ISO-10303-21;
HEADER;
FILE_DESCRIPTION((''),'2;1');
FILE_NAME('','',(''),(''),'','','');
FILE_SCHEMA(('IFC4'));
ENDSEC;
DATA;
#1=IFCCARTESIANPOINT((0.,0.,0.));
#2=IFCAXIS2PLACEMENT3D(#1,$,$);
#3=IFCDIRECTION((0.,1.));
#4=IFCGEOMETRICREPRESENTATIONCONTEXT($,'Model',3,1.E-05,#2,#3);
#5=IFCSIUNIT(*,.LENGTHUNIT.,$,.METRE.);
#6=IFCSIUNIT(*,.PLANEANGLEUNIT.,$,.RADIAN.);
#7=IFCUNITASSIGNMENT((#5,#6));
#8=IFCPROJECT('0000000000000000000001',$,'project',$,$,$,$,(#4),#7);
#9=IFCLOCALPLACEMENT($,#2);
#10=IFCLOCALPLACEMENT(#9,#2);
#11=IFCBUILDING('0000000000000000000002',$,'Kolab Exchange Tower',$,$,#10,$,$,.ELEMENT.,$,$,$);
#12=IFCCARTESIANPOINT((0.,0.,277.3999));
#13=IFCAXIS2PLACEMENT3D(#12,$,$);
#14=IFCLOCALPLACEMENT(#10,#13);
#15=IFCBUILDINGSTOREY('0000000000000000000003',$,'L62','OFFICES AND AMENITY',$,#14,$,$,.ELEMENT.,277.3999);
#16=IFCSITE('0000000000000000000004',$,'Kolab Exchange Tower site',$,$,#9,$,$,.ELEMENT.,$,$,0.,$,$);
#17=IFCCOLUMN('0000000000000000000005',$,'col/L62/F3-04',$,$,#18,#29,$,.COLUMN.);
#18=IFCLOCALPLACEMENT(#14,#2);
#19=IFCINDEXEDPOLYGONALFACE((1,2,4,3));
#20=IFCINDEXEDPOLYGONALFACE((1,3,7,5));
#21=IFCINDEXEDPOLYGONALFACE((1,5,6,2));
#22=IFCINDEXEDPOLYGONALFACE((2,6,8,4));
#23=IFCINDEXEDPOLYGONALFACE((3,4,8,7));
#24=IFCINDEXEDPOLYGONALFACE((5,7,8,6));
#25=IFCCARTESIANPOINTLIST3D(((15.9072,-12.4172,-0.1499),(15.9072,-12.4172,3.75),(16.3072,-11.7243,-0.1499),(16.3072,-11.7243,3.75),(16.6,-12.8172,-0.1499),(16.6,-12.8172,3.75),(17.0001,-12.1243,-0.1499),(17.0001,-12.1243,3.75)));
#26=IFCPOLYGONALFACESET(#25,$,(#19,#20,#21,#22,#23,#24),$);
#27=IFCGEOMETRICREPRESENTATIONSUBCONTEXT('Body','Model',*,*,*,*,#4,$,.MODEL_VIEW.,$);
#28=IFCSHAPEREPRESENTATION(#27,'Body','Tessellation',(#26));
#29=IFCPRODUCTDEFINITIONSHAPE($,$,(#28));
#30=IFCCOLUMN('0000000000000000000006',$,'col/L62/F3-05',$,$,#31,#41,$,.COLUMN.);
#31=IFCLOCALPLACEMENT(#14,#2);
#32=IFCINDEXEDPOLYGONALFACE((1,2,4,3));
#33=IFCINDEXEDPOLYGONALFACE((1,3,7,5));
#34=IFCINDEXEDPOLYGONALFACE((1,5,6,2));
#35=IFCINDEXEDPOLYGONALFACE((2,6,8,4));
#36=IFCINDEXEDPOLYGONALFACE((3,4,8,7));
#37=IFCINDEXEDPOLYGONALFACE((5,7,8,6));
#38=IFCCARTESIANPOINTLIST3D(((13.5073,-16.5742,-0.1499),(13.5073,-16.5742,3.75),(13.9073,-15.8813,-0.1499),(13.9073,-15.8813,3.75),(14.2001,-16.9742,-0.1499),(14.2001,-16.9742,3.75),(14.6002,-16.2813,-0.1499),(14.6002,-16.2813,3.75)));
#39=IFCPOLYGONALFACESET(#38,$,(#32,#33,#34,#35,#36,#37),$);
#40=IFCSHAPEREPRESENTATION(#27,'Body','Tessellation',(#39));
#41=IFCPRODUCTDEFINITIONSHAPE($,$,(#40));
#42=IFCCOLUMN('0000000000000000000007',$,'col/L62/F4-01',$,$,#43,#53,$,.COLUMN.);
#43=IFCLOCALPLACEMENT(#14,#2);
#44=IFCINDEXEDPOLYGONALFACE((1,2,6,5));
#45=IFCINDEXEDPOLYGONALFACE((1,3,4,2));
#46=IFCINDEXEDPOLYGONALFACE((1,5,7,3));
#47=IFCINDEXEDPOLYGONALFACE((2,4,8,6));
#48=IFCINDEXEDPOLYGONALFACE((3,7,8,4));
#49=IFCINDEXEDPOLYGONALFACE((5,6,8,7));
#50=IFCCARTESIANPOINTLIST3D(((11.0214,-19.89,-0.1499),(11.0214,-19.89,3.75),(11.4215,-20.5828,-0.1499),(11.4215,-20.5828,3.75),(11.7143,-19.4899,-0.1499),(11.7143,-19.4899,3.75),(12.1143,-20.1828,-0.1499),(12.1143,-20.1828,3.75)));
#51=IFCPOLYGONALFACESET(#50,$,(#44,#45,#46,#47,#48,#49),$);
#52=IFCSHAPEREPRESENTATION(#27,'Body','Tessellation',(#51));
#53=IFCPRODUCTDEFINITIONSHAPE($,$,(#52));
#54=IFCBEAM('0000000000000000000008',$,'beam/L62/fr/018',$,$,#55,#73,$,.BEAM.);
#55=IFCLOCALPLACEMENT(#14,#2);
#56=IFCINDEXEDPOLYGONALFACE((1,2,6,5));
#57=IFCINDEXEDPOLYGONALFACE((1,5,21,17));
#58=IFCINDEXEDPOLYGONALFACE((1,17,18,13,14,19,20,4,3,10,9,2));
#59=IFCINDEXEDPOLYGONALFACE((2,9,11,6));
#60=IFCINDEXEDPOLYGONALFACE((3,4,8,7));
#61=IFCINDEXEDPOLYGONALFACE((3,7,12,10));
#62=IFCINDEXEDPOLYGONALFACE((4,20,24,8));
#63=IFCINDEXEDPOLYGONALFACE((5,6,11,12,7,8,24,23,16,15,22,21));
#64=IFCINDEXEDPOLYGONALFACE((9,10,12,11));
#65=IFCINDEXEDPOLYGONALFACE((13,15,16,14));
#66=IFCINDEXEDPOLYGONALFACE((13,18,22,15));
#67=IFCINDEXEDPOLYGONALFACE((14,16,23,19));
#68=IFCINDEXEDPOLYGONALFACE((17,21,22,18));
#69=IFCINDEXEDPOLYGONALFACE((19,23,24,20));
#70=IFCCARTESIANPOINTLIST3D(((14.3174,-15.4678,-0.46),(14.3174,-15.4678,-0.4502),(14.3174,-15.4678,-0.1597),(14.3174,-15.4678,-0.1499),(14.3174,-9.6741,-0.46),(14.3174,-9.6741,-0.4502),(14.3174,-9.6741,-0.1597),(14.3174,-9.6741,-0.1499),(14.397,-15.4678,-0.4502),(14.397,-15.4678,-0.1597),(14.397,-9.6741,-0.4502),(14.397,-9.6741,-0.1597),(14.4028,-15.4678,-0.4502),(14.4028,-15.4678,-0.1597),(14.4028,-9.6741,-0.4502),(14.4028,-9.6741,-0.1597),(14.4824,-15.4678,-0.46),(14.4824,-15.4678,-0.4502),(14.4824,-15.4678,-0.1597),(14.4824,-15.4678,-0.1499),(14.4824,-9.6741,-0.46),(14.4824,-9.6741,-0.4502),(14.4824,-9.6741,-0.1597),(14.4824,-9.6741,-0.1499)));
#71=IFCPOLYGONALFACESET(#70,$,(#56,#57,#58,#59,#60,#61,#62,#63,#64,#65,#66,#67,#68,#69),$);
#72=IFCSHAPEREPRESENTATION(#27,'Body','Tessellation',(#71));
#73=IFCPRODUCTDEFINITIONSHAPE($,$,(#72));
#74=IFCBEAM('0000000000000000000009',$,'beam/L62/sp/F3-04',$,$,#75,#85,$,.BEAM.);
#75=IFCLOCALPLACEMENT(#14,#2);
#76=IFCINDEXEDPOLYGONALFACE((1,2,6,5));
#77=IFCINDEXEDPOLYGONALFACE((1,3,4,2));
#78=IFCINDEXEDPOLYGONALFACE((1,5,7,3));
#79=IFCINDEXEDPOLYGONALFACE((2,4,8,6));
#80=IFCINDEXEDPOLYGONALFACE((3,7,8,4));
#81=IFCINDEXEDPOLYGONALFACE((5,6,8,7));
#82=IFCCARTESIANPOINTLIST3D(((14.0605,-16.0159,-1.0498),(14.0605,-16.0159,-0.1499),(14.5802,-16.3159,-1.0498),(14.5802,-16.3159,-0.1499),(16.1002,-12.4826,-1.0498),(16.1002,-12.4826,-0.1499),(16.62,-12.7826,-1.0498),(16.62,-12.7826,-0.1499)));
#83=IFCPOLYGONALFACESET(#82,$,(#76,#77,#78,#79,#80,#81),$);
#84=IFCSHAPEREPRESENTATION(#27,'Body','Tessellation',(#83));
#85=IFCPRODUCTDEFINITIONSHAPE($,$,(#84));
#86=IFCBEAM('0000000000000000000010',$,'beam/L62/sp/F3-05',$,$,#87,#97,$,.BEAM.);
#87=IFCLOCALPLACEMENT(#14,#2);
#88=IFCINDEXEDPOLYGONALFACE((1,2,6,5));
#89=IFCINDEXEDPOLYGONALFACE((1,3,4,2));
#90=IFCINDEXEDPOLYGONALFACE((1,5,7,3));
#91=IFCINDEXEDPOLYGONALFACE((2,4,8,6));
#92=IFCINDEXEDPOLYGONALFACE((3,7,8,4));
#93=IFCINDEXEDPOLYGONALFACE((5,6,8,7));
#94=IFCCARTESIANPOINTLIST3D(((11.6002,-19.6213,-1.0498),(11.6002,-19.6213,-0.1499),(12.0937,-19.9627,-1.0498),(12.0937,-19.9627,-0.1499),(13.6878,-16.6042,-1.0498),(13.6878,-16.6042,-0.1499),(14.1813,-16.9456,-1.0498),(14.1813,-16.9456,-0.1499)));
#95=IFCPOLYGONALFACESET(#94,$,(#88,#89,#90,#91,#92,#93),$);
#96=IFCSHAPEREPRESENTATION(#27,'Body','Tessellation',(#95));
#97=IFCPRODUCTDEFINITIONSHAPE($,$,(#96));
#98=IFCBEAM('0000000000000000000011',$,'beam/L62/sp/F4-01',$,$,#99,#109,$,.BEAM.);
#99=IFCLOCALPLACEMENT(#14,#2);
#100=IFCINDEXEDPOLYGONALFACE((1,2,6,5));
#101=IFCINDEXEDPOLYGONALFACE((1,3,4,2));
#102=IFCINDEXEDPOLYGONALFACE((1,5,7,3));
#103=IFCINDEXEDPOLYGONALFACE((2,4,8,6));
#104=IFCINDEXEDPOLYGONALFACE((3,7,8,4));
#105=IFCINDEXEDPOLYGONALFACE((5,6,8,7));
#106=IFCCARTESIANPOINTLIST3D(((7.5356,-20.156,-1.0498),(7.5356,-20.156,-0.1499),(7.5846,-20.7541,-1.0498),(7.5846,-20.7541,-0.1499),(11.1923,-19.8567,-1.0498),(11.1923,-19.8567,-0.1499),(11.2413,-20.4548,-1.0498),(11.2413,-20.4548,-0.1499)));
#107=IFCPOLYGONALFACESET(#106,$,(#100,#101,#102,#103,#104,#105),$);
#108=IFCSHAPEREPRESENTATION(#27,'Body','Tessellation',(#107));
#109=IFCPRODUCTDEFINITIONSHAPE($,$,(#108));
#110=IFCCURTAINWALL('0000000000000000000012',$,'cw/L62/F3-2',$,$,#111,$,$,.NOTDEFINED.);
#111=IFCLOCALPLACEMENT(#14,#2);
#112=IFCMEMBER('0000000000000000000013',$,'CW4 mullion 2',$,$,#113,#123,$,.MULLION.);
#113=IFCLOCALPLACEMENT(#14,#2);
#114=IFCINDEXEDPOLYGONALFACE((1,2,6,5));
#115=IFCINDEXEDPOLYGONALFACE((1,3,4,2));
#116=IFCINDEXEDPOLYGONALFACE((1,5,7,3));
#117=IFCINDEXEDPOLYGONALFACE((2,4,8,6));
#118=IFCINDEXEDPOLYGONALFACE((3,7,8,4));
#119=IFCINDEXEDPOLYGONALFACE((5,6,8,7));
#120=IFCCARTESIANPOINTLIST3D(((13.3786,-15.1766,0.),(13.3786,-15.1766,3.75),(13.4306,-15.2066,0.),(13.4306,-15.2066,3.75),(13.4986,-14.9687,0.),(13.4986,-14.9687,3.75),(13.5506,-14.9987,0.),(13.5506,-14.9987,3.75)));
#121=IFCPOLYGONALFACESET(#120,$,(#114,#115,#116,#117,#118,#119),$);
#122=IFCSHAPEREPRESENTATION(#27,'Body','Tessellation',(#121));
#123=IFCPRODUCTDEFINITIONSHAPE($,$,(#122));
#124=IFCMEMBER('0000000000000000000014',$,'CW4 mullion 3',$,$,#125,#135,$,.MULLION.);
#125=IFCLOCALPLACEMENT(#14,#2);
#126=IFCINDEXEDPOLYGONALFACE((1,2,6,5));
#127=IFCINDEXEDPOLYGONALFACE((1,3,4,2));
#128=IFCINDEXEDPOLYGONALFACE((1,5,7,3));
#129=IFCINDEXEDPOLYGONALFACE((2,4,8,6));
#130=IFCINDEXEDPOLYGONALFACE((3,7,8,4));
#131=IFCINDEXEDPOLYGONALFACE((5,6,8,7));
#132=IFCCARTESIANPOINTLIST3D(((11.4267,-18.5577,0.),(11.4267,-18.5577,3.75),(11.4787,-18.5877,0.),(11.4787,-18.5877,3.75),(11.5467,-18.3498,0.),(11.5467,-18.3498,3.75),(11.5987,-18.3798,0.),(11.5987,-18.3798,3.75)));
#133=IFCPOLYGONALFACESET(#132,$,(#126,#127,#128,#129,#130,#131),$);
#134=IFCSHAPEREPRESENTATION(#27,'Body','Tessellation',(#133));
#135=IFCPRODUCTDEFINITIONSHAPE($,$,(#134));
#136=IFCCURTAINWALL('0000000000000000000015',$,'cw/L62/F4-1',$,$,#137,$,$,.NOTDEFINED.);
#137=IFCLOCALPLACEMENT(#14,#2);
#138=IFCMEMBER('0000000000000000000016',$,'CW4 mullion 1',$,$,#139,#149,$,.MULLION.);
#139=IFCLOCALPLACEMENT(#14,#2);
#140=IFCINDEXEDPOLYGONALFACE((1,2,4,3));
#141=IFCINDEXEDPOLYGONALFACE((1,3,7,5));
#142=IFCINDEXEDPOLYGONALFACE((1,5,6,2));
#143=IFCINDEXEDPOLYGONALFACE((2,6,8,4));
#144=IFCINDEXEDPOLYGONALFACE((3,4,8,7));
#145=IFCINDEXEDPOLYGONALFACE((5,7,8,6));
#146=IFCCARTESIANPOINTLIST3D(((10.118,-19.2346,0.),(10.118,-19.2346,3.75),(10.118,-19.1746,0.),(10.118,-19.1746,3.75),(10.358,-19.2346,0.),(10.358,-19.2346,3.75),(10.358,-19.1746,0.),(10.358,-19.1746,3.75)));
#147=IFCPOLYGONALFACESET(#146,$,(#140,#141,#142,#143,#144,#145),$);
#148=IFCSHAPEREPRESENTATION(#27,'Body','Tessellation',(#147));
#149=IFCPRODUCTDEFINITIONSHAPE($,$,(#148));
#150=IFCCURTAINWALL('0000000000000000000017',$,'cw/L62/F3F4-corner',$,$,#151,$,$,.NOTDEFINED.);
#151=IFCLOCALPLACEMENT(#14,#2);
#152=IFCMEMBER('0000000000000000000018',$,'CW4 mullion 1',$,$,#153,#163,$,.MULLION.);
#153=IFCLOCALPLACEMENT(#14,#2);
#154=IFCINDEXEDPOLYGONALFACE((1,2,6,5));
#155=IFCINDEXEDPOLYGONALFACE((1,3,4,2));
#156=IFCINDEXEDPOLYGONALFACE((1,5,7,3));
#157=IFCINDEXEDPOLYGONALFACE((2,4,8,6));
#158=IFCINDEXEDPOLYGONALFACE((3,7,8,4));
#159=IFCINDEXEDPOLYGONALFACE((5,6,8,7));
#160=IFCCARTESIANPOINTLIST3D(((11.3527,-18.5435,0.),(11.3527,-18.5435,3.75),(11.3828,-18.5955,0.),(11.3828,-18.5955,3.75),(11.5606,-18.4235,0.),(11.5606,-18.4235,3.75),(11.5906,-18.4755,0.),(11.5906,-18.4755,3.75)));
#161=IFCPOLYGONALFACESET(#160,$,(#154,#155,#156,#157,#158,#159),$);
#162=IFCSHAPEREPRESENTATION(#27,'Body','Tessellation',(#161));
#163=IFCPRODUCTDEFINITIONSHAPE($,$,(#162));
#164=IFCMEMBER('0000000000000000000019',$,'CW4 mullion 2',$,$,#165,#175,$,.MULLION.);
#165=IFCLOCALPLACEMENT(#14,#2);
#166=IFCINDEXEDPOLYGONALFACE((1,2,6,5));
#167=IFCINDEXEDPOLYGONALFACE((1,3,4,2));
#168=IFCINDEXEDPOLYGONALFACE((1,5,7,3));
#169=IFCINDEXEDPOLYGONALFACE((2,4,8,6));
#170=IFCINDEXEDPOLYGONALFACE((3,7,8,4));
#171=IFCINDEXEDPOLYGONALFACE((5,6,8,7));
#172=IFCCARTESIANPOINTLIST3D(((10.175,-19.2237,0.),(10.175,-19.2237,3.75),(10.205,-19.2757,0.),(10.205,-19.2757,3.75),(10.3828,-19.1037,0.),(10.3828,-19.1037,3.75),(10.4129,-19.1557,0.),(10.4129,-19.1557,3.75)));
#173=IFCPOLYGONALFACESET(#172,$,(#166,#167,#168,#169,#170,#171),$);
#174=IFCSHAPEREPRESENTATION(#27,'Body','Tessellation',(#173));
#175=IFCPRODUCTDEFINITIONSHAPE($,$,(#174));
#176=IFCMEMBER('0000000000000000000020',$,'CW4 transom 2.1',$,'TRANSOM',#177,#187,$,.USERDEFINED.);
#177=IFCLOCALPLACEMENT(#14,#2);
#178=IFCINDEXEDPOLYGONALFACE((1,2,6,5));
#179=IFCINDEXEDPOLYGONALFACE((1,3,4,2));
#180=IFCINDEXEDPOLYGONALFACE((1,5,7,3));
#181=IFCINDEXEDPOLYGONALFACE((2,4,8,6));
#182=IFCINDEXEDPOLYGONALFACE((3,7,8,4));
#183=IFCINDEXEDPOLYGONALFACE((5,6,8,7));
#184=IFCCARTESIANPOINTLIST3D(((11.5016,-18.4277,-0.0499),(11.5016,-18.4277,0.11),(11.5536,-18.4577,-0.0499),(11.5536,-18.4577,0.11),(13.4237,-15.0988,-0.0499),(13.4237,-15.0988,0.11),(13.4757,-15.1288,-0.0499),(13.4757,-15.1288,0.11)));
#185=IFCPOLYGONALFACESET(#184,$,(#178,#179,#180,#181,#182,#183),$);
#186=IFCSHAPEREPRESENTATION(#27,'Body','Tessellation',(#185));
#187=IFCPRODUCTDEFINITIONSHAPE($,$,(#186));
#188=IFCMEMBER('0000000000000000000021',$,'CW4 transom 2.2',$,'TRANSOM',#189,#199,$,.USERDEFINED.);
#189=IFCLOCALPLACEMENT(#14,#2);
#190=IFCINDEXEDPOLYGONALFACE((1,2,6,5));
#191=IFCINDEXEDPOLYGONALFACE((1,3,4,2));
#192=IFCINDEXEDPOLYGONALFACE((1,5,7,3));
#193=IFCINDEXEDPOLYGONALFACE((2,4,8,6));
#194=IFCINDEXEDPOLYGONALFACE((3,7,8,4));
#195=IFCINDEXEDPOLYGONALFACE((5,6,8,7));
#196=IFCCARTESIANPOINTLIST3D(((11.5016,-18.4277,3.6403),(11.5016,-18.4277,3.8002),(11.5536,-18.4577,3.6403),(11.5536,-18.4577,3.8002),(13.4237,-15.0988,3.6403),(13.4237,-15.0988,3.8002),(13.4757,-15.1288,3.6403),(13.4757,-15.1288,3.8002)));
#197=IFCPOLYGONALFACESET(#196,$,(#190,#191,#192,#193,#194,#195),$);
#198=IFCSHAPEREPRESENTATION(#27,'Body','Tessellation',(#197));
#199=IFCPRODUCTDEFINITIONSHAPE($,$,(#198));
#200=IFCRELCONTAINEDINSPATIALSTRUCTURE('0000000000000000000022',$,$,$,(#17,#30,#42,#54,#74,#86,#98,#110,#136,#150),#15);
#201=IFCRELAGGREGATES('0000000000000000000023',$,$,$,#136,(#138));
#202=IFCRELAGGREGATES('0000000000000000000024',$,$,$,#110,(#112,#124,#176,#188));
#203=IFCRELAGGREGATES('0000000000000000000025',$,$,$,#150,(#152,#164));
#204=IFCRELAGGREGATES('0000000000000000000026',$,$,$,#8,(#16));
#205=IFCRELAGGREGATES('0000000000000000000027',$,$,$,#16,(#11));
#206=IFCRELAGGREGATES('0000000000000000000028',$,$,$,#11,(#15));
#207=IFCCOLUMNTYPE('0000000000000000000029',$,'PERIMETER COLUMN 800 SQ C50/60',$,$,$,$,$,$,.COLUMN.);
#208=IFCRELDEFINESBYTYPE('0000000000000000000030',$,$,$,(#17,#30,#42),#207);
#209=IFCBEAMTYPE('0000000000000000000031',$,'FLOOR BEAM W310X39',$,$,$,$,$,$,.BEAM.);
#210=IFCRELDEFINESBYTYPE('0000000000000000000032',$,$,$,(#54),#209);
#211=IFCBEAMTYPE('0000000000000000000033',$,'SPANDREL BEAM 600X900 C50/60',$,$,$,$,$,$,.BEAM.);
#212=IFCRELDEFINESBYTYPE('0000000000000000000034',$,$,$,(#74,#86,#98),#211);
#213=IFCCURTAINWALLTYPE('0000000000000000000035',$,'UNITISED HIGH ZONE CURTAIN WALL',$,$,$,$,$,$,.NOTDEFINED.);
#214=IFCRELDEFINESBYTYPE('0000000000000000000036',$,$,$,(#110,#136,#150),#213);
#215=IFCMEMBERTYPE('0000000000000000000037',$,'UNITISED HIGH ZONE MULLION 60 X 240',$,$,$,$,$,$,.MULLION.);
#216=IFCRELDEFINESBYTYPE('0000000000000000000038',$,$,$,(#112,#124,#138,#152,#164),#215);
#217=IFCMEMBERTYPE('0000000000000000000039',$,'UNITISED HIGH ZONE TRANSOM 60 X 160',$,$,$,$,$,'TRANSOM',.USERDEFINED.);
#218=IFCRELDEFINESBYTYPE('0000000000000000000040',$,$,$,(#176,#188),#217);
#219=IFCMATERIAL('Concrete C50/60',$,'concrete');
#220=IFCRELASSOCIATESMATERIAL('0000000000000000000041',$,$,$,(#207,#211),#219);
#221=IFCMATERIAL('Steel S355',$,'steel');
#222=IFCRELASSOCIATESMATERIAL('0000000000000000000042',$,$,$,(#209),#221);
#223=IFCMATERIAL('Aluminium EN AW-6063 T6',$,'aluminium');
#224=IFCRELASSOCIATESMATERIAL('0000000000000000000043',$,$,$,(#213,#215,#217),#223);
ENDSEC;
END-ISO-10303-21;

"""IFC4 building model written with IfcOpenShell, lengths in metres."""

from ifc_helpers import new_model, si_unit, direction, frame, origin, origin_2d, place, context, subcontext, project, spatial, rectangle, i_section, extrude, material, material_profile, profile_set, type_object, element, aggregate, save


model = new_model("IFC4")

# Units and contexts
model_context = context("Model", 3, precision=1e-05, world=origin(), true_north=direction((0.0, 1.0)))
body_context = subcontext(model_context, "Body", "Model", "MODEL_VIEW")
ifc_project = project(units=[si_unit("LENGTHUNIT", "METRE"), si_unit("PLANEANGLEUNIT", "RADIAN")], contexts=[model_context])

# Site, building, storey
site_placement = place(None, origin())
site = spatial("IfcSite", under=ifc_project, at=site_placement, Name="Kolab Exchange Tower site", CompositionType="ELEMENT", RefElevation=0.0)
building_placement = place(site_placement, origin())
building = spatial("IfcBuilding", under=site, at=building_placement, Name="Kolab Exchange Tower", CompositionType="ELEMENT")
storey_placement = place(building_placement, frame((0.0, 0.0, 277.3999)))
storey = spatial("IfcBuildingStorey", under=building, at=storey_placement, Name="L62", Description="OFFICES AND AMENITY", CompositionType="ELEMENT", Elevation=277.3999)

# Columns
ifc_material_1 = material(Name="Concrete C50/60", Category="concrete")
ifc_material_profile_1 = material_profile(ifc_material_1, rectangle(XDim=0.8, YDim=0.8, at=origin_2d()), Name="RC800")
ifc_profile_set_1 = profile_set([ifc_material_profile_1], Name="Concrete C50/60")
column_type = type_object("IfcColumnType", Name="PERIMETER COLUMN 800 SQ C50/60", PredefinedType="COLUMN", material=ifc_profile_set_1)
for number, where, z_axis, x_axis, name in (
    (1, (16.4536, -12.2708, -0.1499), (0.0, 0.0, 1.0), (0.5, 0.866025, 0.0), "col/L62/F3-04"),
    (2, (14.0537, -16.4277, -0.1499), (0.0, 0.0, 1.0), (0.5, 0.866025, 0.0), "col/L62/F3-05"),
    (3, (11.5679, -20.0364, -0.1499), (0.0, 0.0, 1.0), (0.866025, 0.5, 0.0), "col/L62/F4-01"),
):
    element("IfcColumn", number, at=place(storey_placement, frame(where, z_axis=z_axis, x_axis=x_axis)), inside=storey, type_object=column_type, Name=name, PredefinedType="COLUMN", context=body_context, shape_type="SweptSolid", body=[
        extrude(rectangle(XDim=0.8, YDim=0.8, at=origin_2d()), origin(), (0.0, 0.0, 1.0), 3.8999),
    ])

# Beams
ifc_material_2 = material(Name="Steel S355", Category="steel")
ifc_material_profile_2 = material_profile(ifc_material_2, i_section(OverallWidth=0.165, OverallDepth=0.3101, WebThickness=0.0059, FlangeThickness=0.0098, at=origin_2d()), Name="W310X39")
ifc_profile_set_2 = profile_set([ifc_material_profile_2], Name="Steel S355")
beam_type_1 = type_object("IfcBeamType", Name="FLOOR BEAM W310X39", PredefinedType="BEAM", material=ifc_profile_set_2)
beam_1_placement = place(storey_placement, frame((14.3999, -15.4678, -0.3049), z_axis=(0.0, 1.0, 0.0), x_axis=(-1.0, 0.0, 0.0)))
element("IfcBeam", 4, at=beam_1_placement, inside=storey, type_object=beam_type_1, Name="beam/L62/fr/018", PredefinedType="BEAM", context=body_context, shape_type="SweptSolid", body=[
    extrude(i_section(OverallWidth=0.165, OverallDepth=0.3101, WebThickness=0.0059, FlangeThickness=0.0098, at=origin_2d()), origin(), (0.0, 0.0, 1.0), 5.7937),
])
ifc_material_profile_3 = material_profile(ifc_material_1, rectangle(XDim=0.6001, YDim=0.8999, at=origin_2d()), Name="RC600X900")
ifc_profile_set_3 = profile_set([ifc_material_profile_3], Name="Concrete C50/60")
beam_type_2 = type_object("IfcBeamType", Name="SPANDREL BEAM 600X900 C50/60", PredefinedType="BEAM", material=ifc_profile_set_3)
beam_2_placement = place(storey_placement, frame((16.3601, -12.6326, -0.5999), z_axis=(-0.499956, -0.866051, 0.0), x_axis=(0.866051, -0.499956, 0.0)))
element("IfcBeam", 5, at=beam_2_placement, inside=storey, type_object=beam_type_2, Name="beam/L62/sp/F3-04", PredefinedType="BEAM", context=body_context, shape_type="SweptSolid", body=[
    extrude(rectangle(XDim=0.6001, YDim=0.8999, at=origin_2d()), origin(), (0.0, 0.0, 1.0), 4.0798),
])
for number, where, z_axis, x_axis, name in (
    (6, (13.9346, -16.7749, -0.5999), (-0.569006, -0.822334, 0.0), (0.822334, -0.569006, 0.0), "beam/L62/sp/F3-05"),
    (7, (11.2168, -20.1558, -0.5999), (-0.996667, -0.081581, 0.0), (0.081581, -0.996667, 0.0), "beam/L62/sp/F4-01"),
):
    element("IfcBeam", number, at=place(storey_placement, frame(where, z_axis=z_axis, x_axis=x_axis)), inside=storey, type_object=beam_type_2, Name=name, PredefinedType="BEAM", context=body_context, shape_type="SweptSolid", body=[
        extrude(rectangle(XDim=0.6001, YDim=0.8999, at=origin_2d()), origin(), (0.0, 0.0, 1.0), 3.6689),
    ])

# Curtain wall, members
ifc_material_3 = material(Name="Aluminium EN AW-6063 T6", Category="aluminium")
curtain_wall_type = type_object("IfcCurtainWallType", Name="UNITISED HIGH ZONE CURTAIN WALL", PredefinedType="NOTDEFINED", material=ifc_material_3)
curtain_wall_1_placement = place(storey_placement, origin())
curtain_wall_1 = element("IfcCurtainWall", 8, at=curtain_wall_1_placement, inside=storey, type_object=curtain_wall_type, Name="cw/L62/F3-2", PredefinedType="NOTDEFINED")
ifc_material_profile_4 = material_profile(ifc_material_3, rectangle(XDim=0.0601, YDim=0.24, at=origin_2d()), Name="RECT 60X240")
ifc_profile_set_4 = profile_set([ifc_material_profile_4], Name="Aluminium EN AW-6063 T6")
member_type_1 = type_object("IfcMemberType", Name="UNITISED HIGH ZONE MULLION 60 X 240", PredefinedType="MULLION", material=ifc_profile_set_4)
member_1_placement = place(storey_placement, frame((13.4646, -15.0876, 0.0), z_axis=(0.0, 0.0, 1.0), x_axis=(0.866025, -0.5, 0.0)))
member_1 = element("IfcMember", 9, at=member_1_placement, type_object=member_type_1, Name="CW4 mullion 2", PredefinedType="MULLION", context=body_context, shape_type="SweptSolid", body=[
    extrude(rectangle(XDim=0.0601, YDim=0.24, at=origin_2d()), origin(), (0.0, 0.0, 1.0), 3.75),
])
member_2_placement = place(storey_placement, frame((11.5127, -18.4688, 0.0), z_axis=(0.0, 0.0, 1.0), x_axis=(0.866025, -0.5, 0.0)))
member_2 = element("IfcMember", 10, at=member_2_placement, type_object=member_type_1, Name="CW4 mullion 3", PredefinedType="MULLION", context=body_context, shape_type="SweptSolid", body=[
    extrude(rectangle(XDim=0.0601, YDim=0.24, at=origin_2d()), origin(), (0.0, 0.0, 1.0), 3.75),
])

# Curtain wall, member
curtain_wall_2_placement = place(storey_placement, origin())
curtain_wall_2 = element("IfcCurtainWall", 11, at=curtain_wall_2_placement, inside=storey, type_object=curtain_wall_type, Name="cw/L62/F4-1", PredefinedType="NOTDEFINED")
member_3_placement = place(storey_placement, frame((10.238, -19.2046, 0.0), z_axis=(0.0, 0.0, 1.0), x_axis=(0.0, -1.0, 0.0)))
member_3 = element("IfcMember", 12, at=member_3_placement, type_object=member_type_1, Name="CW4 mullion 1", PredefinedType="MULLION", context=body_context, shape_type="SweptSolid", body=[
    extrude(rectangle(XDim=0.0601, YDim=0.24, at=origin_2d()), origin(), (0.0, 0.0, 1.0), 3.75),
])

# Curtain wall, members
curtain_wall_3_placement = place(storey_placement, origin())
curtain_wall_3 = element("IfcCurtainWall", 13, at=curtain_wall_3_placement, inside=storey, type_object=curtain_wall_type, Name="cw/L62/F3F4-corner", PredefinedType="NOTDEFINED")
member_4_placement = place(storey_placement, frame((11.4717, -18.5095, 0.0), z_axis=(0.0, 0.0, 1.0), x_axis=(0.5, -0.866025, 0.0)))
member_4 = element("IfcMember", 14, at=member_4_placement, type_object=member_type_1, Name="CW4 mullion 1", PredefinedType="MULLION", context=body_context, shape_type="SweptSolid", body=[
    extrude(rectangle(XDim=0.0601, YDim=0.24, at=origin_2d()), origin(), (0.0, 0.0, 1.0), 3.75),
])
member_5_placement = place(storey_placement, frame((10.2939, -19.1897, 0.0), z_axis=(0.0, 0.0, 1.0), x_axis=(0.5, -0.866025, 0.0)))
member_5 = element("IfcMember", 15, at=member_5_placement, type_object=member_type_1, Name="CW4 mullion 2", PredefinedType="MULLION", context=body_context, shape_type="SweptSolid", body=[
    extrude(rectangle(XDim=0.0601, YDim=0.24, at=origin_2d()), origin(), (0.0, 0.0, 1.0), 3.75),
])

# Members
ifc_material_profile_5 = material_profile(ifc_material_3, rectangle(XDim=0.0601, YDim=0.1599, at=origin_2d()), Name="RECT 60X160")
ifc_profile_set_5 = profile_set([ifc_material_profile_5], Name="Aluminium EN AW-6063 T6")
member_type_2 = type_object("IfcMemberType", Name="UNITISED HIGH ZONE TRANSOM 60 X 160", ElementType="TRANSOM", PredefinedType="USERDEFINED", material=ifc_profile_set_5)
member_6_placement = place(storey_placement, frame((13.4497, -15.1138, 0.03), z_axis=(-0.500039, -0.866003, 0.0), x_axis=(0.866003, -0.500039, 0.0)))
member_6 = element("IfcMember", 16, at=member_6_placement, type_object=member_type_2, Name="CW4 transom 2.1", ObjectType="TRANSOM", PredefinedType="USERDEFINED", context=body_context, shape_type="SweptSolid", body=[
    extrude(rectangle(XDim=0.0601, YDim=0.1599, at=origin_2d()), origin(), (0.0, 0.0, 1.0), 3.844),
])
member_7_placement = place(storey_placement, frame((13.4497, -15.1138, 3.7202), z_axis=(-0.500039, -0.866003, 0.0), x_axis=(0.866003, -0.500039, 0.0)))
member_7 = element("IfcMember", 17, at=member_7_placement, type_object=member_type_2, Name="CW4 transom 2.2", ObjectType="TRANSOM", PredefinedType="USERDEFINED", context=body_context, shape_type="SweptSolid", body=[
    extrude(rectangle(XDim=0.0601, YDim=0.1599, at=origin_2d()), origin(), (0.0, 0.0, 1.0), 3.844),
])
aggregate(curtain_wall_2, [member_3])

aggregate(curtain_wall_1, [member_1, member_2, member_6, member_7])
aggregate(curtain_wall_3, [member_4, member_5])

save(model, "model.ifc")
